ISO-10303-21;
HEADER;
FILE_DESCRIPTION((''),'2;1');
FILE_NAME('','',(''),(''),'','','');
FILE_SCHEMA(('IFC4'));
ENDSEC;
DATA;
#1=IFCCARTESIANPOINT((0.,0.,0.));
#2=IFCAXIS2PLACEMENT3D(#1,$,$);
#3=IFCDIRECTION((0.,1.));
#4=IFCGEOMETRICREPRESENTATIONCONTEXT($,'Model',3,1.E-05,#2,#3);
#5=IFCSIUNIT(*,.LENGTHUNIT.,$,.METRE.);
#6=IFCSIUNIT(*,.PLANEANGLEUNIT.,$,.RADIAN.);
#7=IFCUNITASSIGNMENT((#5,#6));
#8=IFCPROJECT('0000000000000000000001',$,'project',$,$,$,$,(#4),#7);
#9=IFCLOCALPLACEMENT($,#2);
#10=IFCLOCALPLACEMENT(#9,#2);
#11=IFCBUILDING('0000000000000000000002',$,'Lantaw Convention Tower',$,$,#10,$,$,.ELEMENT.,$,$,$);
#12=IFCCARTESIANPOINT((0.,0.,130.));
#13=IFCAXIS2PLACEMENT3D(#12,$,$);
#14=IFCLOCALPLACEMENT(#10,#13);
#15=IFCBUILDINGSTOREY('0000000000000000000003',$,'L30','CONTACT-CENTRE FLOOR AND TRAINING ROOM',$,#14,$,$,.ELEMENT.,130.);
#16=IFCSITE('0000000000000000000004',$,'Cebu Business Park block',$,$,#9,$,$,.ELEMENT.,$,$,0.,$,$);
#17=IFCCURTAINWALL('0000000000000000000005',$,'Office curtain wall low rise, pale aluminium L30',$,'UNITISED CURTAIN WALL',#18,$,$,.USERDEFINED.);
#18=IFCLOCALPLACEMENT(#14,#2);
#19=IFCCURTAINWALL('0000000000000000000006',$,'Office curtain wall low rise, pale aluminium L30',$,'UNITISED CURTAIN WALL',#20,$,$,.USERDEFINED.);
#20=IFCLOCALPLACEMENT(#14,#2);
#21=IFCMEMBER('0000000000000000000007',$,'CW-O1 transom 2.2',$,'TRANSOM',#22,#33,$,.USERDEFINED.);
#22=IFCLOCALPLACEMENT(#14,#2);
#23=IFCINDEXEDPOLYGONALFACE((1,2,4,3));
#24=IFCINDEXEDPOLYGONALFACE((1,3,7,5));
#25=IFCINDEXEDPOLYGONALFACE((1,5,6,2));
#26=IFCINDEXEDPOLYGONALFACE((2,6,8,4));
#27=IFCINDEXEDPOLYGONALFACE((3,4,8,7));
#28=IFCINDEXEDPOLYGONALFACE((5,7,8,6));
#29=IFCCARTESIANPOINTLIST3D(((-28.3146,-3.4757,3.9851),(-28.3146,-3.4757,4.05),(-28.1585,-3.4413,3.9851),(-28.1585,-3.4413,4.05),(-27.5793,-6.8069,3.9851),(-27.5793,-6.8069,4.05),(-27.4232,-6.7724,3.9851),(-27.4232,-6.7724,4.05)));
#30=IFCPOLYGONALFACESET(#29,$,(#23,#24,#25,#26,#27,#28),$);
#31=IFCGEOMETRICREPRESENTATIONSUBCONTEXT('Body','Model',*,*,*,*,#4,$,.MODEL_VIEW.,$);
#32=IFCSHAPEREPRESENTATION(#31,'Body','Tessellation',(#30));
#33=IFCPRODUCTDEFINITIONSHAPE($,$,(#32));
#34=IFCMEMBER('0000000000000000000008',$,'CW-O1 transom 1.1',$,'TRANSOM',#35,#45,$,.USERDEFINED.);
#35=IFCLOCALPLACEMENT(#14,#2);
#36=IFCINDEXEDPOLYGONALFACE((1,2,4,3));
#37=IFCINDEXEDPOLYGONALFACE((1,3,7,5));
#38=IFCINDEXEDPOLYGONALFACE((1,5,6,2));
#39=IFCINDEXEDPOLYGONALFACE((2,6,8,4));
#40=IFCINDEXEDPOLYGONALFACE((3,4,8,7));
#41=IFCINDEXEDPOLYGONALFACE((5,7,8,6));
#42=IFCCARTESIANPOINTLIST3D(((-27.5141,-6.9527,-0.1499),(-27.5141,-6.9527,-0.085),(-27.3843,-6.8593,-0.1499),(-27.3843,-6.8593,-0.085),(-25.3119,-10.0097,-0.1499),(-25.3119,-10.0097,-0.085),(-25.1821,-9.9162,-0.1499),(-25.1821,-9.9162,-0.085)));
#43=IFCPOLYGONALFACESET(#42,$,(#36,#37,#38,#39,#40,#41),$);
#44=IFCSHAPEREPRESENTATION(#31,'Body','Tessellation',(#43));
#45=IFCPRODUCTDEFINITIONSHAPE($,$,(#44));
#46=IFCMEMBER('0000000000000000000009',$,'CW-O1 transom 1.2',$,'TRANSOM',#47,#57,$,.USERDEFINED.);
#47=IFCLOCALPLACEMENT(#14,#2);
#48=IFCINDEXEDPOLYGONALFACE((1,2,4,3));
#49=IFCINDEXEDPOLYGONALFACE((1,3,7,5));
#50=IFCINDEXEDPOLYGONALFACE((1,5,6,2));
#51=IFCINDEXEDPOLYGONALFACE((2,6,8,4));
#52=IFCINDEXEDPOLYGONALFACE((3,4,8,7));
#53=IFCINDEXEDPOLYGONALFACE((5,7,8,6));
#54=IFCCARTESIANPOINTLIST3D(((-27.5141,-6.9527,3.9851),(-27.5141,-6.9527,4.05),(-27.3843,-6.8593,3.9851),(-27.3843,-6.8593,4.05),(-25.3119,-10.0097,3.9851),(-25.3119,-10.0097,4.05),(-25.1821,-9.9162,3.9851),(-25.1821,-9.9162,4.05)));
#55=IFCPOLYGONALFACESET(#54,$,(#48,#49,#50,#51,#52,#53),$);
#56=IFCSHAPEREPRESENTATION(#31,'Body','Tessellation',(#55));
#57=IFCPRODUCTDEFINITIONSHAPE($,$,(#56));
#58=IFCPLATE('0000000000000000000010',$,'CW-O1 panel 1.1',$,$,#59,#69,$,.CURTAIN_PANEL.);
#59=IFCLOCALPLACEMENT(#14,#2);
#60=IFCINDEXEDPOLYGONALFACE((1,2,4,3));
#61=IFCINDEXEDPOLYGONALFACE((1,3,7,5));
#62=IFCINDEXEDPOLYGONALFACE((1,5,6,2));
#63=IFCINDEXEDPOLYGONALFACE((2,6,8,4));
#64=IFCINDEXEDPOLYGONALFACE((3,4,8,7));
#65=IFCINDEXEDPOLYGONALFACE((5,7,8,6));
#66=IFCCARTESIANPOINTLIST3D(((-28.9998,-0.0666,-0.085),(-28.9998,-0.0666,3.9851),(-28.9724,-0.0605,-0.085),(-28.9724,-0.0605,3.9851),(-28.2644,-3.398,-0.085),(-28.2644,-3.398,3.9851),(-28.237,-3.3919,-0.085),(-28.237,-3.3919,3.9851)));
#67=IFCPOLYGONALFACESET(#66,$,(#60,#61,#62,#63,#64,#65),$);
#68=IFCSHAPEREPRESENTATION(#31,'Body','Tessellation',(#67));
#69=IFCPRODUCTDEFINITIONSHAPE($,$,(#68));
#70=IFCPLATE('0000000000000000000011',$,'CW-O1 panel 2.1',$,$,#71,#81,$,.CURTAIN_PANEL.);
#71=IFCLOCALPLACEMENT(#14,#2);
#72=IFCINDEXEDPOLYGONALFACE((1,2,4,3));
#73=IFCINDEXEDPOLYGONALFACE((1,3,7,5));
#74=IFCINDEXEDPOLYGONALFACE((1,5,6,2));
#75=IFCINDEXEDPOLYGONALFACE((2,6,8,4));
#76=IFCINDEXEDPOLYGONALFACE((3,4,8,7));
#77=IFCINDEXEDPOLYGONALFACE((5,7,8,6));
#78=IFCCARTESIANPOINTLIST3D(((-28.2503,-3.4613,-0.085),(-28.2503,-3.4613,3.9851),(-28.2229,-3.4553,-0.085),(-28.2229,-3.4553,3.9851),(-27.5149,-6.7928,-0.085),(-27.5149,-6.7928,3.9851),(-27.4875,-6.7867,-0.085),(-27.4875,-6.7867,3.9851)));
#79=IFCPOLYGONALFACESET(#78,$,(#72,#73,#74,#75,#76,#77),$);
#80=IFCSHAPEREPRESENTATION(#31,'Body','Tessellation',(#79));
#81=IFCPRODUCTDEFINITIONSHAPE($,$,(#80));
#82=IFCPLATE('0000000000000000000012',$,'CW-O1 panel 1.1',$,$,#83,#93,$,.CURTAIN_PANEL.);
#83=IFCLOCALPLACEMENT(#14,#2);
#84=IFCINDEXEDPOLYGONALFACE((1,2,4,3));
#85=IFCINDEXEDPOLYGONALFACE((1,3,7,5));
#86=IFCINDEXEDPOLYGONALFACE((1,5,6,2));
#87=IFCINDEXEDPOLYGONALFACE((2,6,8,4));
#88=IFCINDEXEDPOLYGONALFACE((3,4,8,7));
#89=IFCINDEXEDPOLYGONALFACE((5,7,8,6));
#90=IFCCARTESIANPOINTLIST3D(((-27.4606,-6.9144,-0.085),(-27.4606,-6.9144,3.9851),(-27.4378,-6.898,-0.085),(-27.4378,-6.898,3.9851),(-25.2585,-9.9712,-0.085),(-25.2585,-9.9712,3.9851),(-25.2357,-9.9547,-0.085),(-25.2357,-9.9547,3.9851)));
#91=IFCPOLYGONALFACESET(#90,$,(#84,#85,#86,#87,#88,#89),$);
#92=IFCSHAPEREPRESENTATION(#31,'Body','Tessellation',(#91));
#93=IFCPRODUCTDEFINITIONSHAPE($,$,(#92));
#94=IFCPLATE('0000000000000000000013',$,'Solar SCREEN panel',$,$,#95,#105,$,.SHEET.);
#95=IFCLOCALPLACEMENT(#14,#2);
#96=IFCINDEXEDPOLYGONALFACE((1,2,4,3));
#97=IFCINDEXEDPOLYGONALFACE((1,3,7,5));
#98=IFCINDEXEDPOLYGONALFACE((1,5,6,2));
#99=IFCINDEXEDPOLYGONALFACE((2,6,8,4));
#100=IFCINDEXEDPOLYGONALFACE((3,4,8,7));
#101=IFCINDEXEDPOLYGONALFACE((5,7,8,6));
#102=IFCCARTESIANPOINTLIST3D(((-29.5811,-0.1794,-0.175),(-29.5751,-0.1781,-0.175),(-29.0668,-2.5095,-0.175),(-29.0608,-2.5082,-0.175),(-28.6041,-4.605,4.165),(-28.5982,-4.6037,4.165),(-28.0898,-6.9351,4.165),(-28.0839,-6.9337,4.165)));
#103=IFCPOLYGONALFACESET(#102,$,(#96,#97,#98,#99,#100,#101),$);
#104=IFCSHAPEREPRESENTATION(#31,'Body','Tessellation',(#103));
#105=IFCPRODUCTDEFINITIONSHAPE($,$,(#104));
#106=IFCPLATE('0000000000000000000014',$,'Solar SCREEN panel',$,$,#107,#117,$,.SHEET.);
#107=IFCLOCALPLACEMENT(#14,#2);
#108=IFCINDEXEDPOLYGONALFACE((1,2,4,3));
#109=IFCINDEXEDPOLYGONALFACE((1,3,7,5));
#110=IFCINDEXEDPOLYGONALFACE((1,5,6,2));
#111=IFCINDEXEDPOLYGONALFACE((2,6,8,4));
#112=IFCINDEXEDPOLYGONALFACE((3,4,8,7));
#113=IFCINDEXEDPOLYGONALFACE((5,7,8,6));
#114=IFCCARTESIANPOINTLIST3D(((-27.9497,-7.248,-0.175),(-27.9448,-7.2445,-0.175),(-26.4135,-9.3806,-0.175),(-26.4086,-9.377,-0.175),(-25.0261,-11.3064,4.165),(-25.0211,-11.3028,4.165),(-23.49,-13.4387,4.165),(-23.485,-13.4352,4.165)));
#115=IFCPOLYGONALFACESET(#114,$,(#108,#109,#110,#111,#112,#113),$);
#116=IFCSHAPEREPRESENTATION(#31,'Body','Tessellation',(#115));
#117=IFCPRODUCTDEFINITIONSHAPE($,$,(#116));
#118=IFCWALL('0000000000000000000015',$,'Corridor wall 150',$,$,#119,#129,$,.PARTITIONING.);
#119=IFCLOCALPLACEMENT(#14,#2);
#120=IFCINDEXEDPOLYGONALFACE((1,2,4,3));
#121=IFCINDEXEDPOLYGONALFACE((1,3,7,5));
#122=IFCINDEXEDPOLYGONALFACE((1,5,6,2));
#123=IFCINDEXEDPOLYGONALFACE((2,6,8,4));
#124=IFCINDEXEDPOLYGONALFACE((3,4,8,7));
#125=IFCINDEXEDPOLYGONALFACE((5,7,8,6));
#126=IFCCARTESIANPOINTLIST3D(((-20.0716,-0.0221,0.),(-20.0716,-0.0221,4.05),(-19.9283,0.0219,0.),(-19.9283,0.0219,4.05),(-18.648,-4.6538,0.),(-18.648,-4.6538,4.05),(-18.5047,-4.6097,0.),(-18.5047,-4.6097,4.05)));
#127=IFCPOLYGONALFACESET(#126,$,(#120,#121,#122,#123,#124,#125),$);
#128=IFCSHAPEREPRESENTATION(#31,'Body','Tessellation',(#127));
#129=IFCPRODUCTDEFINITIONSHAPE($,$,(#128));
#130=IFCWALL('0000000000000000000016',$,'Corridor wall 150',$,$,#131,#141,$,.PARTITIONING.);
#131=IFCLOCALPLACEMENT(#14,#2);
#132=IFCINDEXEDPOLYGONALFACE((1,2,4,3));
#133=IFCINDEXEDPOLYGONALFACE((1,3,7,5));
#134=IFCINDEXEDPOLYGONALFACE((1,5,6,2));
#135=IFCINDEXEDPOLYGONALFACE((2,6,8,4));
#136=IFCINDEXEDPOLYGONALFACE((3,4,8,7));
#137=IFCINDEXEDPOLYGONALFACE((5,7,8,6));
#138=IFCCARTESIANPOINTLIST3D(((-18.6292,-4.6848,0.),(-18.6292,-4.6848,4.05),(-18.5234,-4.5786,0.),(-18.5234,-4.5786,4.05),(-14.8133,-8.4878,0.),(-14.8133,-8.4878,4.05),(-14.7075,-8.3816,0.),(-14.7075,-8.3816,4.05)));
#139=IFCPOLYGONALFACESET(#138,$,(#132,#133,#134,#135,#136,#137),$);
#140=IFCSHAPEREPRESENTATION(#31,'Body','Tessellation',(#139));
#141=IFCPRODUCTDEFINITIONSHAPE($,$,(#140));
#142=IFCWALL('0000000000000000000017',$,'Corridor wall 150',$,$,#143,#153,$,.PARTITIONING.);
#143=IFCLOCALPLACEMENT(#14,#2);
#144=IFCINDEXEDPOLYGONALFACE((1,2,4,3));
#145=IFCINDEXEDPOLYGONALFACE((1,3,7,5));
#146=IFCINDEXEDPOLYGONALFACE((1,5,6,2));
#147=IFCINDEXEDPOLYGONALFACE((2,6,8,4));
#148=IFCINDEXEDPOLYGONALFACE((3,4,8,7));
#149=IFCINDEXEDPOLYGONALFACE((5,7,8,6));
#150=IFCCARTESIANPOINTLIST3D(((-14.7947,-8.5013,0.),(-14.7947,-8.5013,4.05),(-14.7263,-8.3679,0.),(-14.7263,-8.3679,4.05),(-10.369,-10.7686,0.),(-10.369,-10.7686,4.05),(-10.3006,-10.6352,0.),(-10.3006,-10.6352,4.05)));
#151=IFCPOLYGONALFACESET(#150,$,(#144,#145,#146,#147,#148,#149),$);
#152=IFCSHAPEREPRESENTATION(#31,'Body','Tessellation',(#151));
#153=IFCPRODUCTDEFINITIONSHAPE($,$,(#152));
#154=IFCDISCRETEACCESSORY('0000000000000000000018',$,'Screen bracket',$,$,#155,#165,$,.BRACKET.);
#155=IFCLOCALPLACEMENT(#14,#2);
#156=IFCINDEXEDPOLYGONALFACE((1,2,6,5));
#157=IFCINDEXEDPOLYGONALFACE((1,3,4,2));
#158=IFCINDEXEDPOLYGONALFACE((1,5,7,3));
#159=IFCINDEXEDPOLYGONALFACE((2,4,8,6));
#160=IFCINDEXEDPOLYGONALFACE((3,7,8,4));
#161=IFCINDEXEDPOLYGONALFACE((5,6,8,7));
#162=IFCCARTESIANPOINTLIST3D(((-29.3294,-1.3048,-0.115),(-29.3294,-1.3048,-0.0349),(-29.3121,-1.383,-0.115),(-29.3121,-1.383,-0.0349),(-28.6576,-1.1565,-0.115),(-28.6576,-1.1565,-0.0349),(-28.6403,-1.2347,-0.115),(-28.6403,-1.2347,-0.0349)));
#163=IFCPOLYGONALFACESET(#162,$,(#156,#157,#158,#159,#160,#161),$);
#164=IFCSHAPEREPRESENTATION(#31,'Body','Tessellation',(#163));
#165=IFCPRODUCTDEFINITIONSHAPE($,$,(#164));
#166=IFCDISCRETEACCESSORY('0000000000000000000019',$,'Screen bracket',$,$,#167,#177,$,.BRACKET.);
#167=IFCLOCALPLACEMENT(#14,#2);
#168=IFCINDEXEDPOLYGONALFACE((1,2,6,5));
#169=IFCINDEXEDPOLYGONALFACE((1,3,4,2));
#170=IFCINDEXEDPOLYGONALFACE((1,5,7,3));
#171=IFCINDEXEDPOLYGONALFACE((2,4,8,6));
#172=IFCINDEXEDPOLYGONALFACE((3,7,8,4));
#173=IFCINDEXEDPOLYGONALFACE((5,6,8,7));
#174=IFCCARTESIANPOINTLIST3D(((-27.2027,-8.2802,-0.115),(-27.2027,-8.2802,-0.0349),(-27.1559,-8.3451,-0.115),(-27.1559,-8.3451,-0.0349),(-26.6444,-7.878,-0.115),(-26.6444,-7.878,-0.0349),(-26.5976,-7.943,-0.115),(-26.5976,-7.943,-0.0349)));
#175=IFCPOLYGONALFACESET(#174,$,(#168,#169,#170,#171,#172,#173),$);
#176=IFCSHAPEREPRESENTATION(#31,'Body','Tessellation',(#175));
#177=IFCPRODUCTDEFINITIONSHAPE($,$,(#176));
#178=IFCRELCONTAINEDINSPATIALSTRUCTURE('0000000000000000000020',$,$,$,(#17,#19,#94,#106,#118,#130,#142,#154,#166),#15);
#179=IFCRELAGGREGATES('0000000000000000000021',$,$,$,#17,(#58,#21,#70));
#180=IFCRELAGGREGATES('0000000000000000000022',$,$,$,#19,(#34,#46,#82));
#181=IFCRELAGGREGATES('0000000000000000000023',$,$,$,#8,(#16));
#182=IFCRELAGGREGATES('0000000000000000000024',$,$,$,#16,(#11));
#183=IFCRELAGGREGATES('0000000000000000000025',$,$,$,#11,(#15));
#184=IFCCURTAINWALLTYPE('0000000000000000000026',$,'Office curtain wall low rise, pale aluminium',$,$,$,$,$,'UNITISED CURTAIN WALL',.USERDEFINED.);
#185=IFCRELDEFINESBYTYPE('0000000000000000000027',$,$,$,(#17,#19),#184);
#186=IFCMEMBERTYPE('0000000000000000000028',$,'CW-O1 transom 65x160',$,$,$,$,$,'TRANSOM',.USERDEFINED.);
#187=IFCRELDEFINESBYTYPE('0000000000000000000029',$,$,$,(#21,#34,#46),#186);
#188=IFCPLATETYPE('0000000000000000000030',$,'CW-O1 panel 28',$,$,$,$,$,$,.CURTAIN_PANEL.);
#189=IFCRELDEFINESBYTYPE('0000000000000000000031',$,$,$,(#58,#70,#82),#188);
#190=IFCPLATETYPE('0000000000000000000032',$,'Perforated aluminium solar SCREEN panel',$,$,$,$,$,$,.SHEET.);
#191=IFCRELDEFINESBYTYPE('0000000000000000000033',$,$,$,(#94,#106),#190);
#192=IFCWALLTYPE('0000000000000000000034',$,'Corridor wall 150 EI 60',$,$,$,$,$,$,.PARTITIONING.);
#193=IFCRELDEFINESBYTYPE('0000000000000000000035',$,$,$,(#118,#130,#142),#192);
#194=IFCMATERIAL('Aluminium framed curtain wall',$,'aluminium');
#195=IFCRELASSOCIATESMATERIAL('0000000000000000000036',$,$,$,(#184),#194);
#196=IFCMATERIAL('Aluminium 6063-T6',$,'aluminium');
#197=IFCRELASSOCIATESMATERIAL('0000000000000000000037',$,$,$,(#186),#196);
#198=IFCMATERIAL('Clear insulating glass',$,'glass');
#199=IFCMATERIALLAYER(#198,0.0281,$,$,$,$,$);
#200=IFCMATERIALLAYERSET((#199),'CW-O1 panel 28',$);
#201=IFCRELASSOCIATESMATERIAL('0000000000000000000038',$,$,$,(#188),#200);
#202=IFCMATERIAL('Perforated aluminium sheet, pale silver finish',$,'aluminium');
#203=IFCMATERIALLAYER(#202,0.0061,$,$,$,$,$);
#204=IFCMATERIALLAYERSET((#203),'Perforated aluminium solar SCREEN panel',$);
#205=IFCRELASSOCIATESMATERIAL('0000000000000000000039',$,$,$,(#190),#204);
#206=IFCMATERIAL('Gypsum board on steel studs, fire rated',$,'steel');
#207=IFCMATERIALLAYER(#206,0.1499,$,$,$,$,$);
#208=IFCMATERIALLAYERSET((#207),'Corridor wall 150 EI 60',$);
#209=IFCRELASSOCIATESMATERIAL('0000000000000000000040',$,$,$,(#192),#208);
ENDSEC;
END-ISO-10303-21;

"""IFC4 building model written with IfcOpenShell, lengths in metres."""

from ifc_helpers import new_model, si_unit, direction, frame, frame_2d, origin, origin_2d, place, context, subcontext, project, spatial, polyline, rectangle, outline, extrude, material, layer, layer_set, material_profile, profile_set, type_object, element, aggregate, save


model = new_model("IFC4")

# Units and contexts
model_context = context("Model", 3, precision=1e-05, world=origin(), true_north=direction((0.0, 1.0)))
body_context = subcontext(model_context, "Body", "Model", "MODEL_VIEW")
ifc_project = project(units=[si_unit("LENGTHUNIT", "METRE"), si_unit("PLANEANGLEUNIT", "RADIAN")], contexts=[model_context])

# Site, building, storey
site_placement = place(None, origin())
site = spatial("IfcSite", under=ifc_project, at=site_placement, Name="Cebu Business Park block", CompositionType="ELEMENT", RefElevation=0.0)
building_placement = place(site_placement, origin())
building = spatial("IfcBuilding", under=site, at=building_placement, Name="Lantaw Convention Tower", CompositionType="ELEMENT")
storey_placement = place(building_placement, frame((0.0, 0.0, 130.0)))
storey = spatial("IfcBuildingStorey", under=building, at=storey_placement, Name="L30", Description="CONTACT-CENTRE FLOOR AND TRAINING ROOM", CompositionType="ELEMENT", Elevation=130.0)

# Curtain wall
ifc_material_1 = material(Name="Aluminium framed curtain wall", Category="aluminium")
curtain_wall_type = type_object("IfcCurtainWallType", Name="Office curtain wall low rise, pale aluminium", ElementType="UNITISED CURTAIN WALL", PredefinedType="USERDEFINED", material=ifc_material_1)
curtain_wall_1_placement = place(storey_placement, origin())
curtain_wall_1 = element("IfcCurtainWall", 1, at=curtain_wall_1_placement, inside=storey, type_object=curtain_wall_type, Name="Office curtain wall low rise, pale aluminium L30", ObjectType="UNITISED CURTAIN WALL", PredefinedType="USERDEFINED")
ifc_material_2 = material(Name="Aluminium 6063-T6", Category="aluminium")

# Curtain wall
curtain_wall_2_placement = place(storey_placement, origin())
curtain_wall_2 = element("IfcCurtainWall", 2, at=curtain_wall_2_placement, inside=storey, type_object=curtain_wall_type, Name="Office curtain wall low rise, pale aluminium L30", ObjectType="UNITISED CURTAIN WALL", PredefinedType="USERDEFINED")

# Members
ifc_material_profile_1 = material_profile(ifc_material_2, rectangle(XDim=0.1599, YDim=0.0649, at=origin_2d()), Name="CW-O1 transom 65x160")
ifc_profile_set_1 = profile_set([ifc_material_profile_1], Name="Aluminium 6063-T6")
member_type_1 = type_object("IfcMemberType", Name="CW-O1 transom 65x160", ElementType="TRANSOM", PredefinedType="USERDEFINED", material=ifc_profile_set_1)
member_1_placement = place(storey_placement, frame((-28.2366, -3.4585, 4.0176), z_axis=(0.215551, -0.976493, 0.0), x_axis=(0.976493, 0.215551, 0.0)))
member_1 = element("IfcMember", 3, at=member_1_placement, type_object=member_type_1, Name="CW-O1 transom 2.2", ObjectType="TRANSOM", PredefinedType="USERDEFINED", context=body_context, shape_type="SweptSolid", body=[
    extrude(rectangle(XDim=0.1599, YDim=0.0649, at=origin_2d()), origin(), (0.0, 0.0, 1.0), 3.4114),
])
member_2_placement = place(storey_placement, frame((-27.4492, -6.906, -0.1174), z_axis=(0.584513, -0.811384, 0.0), x_axis=(0.811384, 0.584513, 0.0)))
member_2 = element("IfcMember", 4, at=member_2_placement, type_object=member_type_1, Name="CW-O1 transom 1.1", ObjectType="TRANSOM", PredefinedType="USERDEFINED", context=body_context, shape_type="SweptSolid", body=[
    extrude(rectangle(XDim=0.1599, YDim=0.0649, at=origin_2d()), origin(), (0.0, 0.0, 1.0), 3.7676),
])
member_3_placement = place(storey_placement, frame((-27.4492, -6.906, 4.0176), z_axis=(0.584513, -0.811384, 0.0), x_axis=(0.811384, 0.584513, 0.0)))
member_3 = element("IfcMember", 5, at=member_3_placement, type_object=member_type_1, Name="CW-O1 transom 1.2", ObjectType="TRANSOM", PredefinedType="USERDEFINED", context=body_context, shape_type="SweptSolid", body=[
    extrude(rectangle(XDim=0.1599, YDim=0.0649, at=origin_2d()), origin(), (0.0, 0.0, 1.0), 3.7676),
])

# Plates
ifc_material_3 = material(Name="Clear insulating glass", Category="glass")
ifc_layer_1 = layer(ifc_material_3, 0.0281)
ifc_layer_set_1 = layer_set([ifc_layer_1], Name="CW-O1 panel 28")
plate_type_1 = type_object("IfcPlateType", Name="CW-O1 panel 28", PredefinedType="CURTAIN_PANEL", material=ifc_layer_set_1)
plate_1_placement = place(storey_placement, frame((-28.6184, -1.7292, -0.085), z_axis=(0.0, 0.0, 1.0), x_axis=(0.215546, -0.976494, 0.0)))
plate_1 = element("IfcPlate", 6, at=plate_1_placement, type_object=plate_type_1, Name="CW-O1 panel 1.1", PredefinedType="CURTAIN_PANEL", context=body_context, shape_type="SweptSolid", body=[
    extrude(rectangle(XDim=3.4116, YDim=0.0281, at=origin_2d()), origin(), (0.0, 0.0, 1.0), 4.0701),
])
plate_2_placement = place(storey_placement, frame((-27.8689, -5.124, -0.085), z_axis=(0.0, 0.0, 1.0), x_axis=(0.215546, -0.976494, 0.0)))
plate_2 = element("IfcPlate", 7, at=plate_2_placement, type_object=plate_type_1, Name="CW-O1 panel 2.1", PredefinedType="CURTAIN_PANEL", context=body_context, shape_type="SweptSolid", body=[
    extrude(rectangle(XDim=3.4116, YDim=0.0281, at=origin_2d()), origin(), (0.0, 0.0, 1.0), 4.0701),
])
aggregate(curtain_wall_1, [plate_1, member_1, plate_2])
plate_3_placement = place(storey_placement, frame((-26.3481, -8.4346, -0.085), z_axis=(0.0, 0.0, 1.0), x_axis=(0.584513, -0.811385, 0.0)))
plate_3 = element("IfcPlate", 8, at=plate_3_placement, type_object=plate_type_1, Name="CW-O1 panel 1.1", PredefinedType="CURTAIN_PANEL", context=body_context, shape_type="SweptSolid", body=[
    extrude(rectangle(XDim=3.7673, YDim=0.0281, at=origin_2d()), origin(), (0.0, 0.0, 1.0), 4.0701),
])
aggregate(curtain_wall_2, [member_2, member_3, plate_3])

# Plates
ifc_material_4 = material(Name="Perforated aluminium sheet, pale silver finish", Category="aluminium")
ifc_layer_2 = layer(ifc_material_4, 0.0061)
ifc_layer_set_2 = layer_set([ifc_layer_2], Name="Perforated aluminium solar SCREEN panel")
plate_type_2 = type_object("IfcPlateType", Name="Perforated aluminium solar SCREEN panel", PredefinedType="SHEET", material=ifc_layer_set_2)
plate_4_placement = place(storey_placement, frame((-29.5811, -0.1794, -0.175), z_axis=(-0.976498, -0.215527, 0.000033), x_axis=(0.215527, -0.976498, 0.0)))
element("IfcPlate", 9, at=plate_4_placement, inside=storey, type_object=plate_type_2, Name="Solar SCREEN panel", PredefinedType="SHEET", context=body_context, shape_type="SweptSolid", body=[
    extrude(outline(polyline([(0.0, 0.0), (2.3862, 0.0), (6.9182, 4.3401), (4.5321, 4.3401), (0.0, 0.0)])), origin(), (0.0, 0.0, -1.0), 0.0061),
])
plate_5_placement = place(storey_placement, frame((-27.9497, -7.248, -0.175), z_axis=(-0.811395, -0.584498, 0.000036), x_axis=(0.584498, -0.811395, 0.0)))
element("IfcPlate", 10, at=plate_5_placement, inside=storey, type_object=plate_type_2, Name="Solar SCREEN panel", PredefinedType="SHEET", context=body_context, shape_type="SweptSolid", body=[
    extrude(outline(polyline([(0.0, 0.0), (2.6282, 0.0), (7.6298, 4.3401), (5.0018, 4.3401), (0.0, 0.0)])), origin(), (0.0, 0.0, -1.0), 0.0061),
])

# Walls
ifc_material_5 = material(Name="Gypsum board on steel studs, fire rated", Category="steel")
ifc_layer_3 = layer(ifc_material_5, 0.1499)
ifc_layer_set_3 = layer_set([ifc_layer_3], Name="Corridor wall 150 EI 60")
wall_type = type_object("IfcWallType", Name="Corridor wall 150 EI 60", PredefinedType="PARTITIONING", material=ifc_layer_set_3)
wall_1_placement = place(storey_placement, frame((-20.0, 0.0, 0.0), z_axis=(0.0, 0.0, 1.0), x_axis=(0.293799, -0.955867, 0.0)))
element("IfcWall", 11, at=wall_1_placement, inside=storey, type_object=wall_type, Name="Corridor wall 150", PredefinedType="PARTITIONING", context=body_context, shape_type="SweptSolid", body=[
    extrude(rectangle(XDim=4.8455, YDim=0.1499, at=frame_2d((2.4229, 0.0))), origin(), (0.0, 0.0, 1.0), 4.05),
])
wall_2_placement = place(storey_placement, frame((-18.5764, -4.6316, 0.0), z_axis=(0.0, 0.0, 1.0), x_axis=(0.708307, -0.705905, 0.0)))
element("IfcWall", 12, at=wall_2_placement, inside=storey, type_object=wall_type, Name="Corridor wall 150", PredefinedType="PARTITIONING", context=body_context, shape_type="SweptSolid", body=[
    extrude(rectangle(XDim=5.3875, YDim=0.1499, at=frame_2d((2.6938, 0.0))), origin(), (0.0, 0.0, 1.0), 4.05),
])
wall_3_placement = place(storey_placement, frame((-14.7605, -8.4346, 0.0), z_axis=(0.0, 0.0, 1.0), x_axis=(0.890005, -0.455951, 0.0)))
element("IfcWall", 13, at=wall_3_placement, inside=storey, type_object=wall_type, Name="Corridor wall 150", PredefinedType="PARTITIONING", context=body_context, shape_type="SweptSolid", body=[
    extrude(rectangle(XDim=4.9727, YDim=0.1499, at=frame_2d((2.4863, 0.0))), origin(), (0.0, 0.0, 1.0), 4.05),
])

# Discrete accessories
for number, where, z_axis, x_axis, name in (
    (14, (-28.9849, -1.2698, -0.115), (0.0, 0.0, 1.0), (0.215546, -0.976494, 0.0), "Screen bracket"),
    (15, (-26.9001, -8.1116, -0.115), (0.0, 0.0, 1.0), (0.584513, -0.811385, 0.0), "Screen bracket"),
):
    element("IfcDiscreteAccessory", number, at=place(storey_placement, frame(where, z_axis=z_axis, x_axis=x_axis)), inside=storey, Name=name, PredefinedType="BRACKET", context=body_context, shape_type="SweptSolid", body=[
        extrude(rectangle(XDim=0.0801, YDim=0.688, at=origin_2d()), origin(), (0.0, 0.0, 1.0), 0.0801),
    ])

save(model, "model.ifc")
